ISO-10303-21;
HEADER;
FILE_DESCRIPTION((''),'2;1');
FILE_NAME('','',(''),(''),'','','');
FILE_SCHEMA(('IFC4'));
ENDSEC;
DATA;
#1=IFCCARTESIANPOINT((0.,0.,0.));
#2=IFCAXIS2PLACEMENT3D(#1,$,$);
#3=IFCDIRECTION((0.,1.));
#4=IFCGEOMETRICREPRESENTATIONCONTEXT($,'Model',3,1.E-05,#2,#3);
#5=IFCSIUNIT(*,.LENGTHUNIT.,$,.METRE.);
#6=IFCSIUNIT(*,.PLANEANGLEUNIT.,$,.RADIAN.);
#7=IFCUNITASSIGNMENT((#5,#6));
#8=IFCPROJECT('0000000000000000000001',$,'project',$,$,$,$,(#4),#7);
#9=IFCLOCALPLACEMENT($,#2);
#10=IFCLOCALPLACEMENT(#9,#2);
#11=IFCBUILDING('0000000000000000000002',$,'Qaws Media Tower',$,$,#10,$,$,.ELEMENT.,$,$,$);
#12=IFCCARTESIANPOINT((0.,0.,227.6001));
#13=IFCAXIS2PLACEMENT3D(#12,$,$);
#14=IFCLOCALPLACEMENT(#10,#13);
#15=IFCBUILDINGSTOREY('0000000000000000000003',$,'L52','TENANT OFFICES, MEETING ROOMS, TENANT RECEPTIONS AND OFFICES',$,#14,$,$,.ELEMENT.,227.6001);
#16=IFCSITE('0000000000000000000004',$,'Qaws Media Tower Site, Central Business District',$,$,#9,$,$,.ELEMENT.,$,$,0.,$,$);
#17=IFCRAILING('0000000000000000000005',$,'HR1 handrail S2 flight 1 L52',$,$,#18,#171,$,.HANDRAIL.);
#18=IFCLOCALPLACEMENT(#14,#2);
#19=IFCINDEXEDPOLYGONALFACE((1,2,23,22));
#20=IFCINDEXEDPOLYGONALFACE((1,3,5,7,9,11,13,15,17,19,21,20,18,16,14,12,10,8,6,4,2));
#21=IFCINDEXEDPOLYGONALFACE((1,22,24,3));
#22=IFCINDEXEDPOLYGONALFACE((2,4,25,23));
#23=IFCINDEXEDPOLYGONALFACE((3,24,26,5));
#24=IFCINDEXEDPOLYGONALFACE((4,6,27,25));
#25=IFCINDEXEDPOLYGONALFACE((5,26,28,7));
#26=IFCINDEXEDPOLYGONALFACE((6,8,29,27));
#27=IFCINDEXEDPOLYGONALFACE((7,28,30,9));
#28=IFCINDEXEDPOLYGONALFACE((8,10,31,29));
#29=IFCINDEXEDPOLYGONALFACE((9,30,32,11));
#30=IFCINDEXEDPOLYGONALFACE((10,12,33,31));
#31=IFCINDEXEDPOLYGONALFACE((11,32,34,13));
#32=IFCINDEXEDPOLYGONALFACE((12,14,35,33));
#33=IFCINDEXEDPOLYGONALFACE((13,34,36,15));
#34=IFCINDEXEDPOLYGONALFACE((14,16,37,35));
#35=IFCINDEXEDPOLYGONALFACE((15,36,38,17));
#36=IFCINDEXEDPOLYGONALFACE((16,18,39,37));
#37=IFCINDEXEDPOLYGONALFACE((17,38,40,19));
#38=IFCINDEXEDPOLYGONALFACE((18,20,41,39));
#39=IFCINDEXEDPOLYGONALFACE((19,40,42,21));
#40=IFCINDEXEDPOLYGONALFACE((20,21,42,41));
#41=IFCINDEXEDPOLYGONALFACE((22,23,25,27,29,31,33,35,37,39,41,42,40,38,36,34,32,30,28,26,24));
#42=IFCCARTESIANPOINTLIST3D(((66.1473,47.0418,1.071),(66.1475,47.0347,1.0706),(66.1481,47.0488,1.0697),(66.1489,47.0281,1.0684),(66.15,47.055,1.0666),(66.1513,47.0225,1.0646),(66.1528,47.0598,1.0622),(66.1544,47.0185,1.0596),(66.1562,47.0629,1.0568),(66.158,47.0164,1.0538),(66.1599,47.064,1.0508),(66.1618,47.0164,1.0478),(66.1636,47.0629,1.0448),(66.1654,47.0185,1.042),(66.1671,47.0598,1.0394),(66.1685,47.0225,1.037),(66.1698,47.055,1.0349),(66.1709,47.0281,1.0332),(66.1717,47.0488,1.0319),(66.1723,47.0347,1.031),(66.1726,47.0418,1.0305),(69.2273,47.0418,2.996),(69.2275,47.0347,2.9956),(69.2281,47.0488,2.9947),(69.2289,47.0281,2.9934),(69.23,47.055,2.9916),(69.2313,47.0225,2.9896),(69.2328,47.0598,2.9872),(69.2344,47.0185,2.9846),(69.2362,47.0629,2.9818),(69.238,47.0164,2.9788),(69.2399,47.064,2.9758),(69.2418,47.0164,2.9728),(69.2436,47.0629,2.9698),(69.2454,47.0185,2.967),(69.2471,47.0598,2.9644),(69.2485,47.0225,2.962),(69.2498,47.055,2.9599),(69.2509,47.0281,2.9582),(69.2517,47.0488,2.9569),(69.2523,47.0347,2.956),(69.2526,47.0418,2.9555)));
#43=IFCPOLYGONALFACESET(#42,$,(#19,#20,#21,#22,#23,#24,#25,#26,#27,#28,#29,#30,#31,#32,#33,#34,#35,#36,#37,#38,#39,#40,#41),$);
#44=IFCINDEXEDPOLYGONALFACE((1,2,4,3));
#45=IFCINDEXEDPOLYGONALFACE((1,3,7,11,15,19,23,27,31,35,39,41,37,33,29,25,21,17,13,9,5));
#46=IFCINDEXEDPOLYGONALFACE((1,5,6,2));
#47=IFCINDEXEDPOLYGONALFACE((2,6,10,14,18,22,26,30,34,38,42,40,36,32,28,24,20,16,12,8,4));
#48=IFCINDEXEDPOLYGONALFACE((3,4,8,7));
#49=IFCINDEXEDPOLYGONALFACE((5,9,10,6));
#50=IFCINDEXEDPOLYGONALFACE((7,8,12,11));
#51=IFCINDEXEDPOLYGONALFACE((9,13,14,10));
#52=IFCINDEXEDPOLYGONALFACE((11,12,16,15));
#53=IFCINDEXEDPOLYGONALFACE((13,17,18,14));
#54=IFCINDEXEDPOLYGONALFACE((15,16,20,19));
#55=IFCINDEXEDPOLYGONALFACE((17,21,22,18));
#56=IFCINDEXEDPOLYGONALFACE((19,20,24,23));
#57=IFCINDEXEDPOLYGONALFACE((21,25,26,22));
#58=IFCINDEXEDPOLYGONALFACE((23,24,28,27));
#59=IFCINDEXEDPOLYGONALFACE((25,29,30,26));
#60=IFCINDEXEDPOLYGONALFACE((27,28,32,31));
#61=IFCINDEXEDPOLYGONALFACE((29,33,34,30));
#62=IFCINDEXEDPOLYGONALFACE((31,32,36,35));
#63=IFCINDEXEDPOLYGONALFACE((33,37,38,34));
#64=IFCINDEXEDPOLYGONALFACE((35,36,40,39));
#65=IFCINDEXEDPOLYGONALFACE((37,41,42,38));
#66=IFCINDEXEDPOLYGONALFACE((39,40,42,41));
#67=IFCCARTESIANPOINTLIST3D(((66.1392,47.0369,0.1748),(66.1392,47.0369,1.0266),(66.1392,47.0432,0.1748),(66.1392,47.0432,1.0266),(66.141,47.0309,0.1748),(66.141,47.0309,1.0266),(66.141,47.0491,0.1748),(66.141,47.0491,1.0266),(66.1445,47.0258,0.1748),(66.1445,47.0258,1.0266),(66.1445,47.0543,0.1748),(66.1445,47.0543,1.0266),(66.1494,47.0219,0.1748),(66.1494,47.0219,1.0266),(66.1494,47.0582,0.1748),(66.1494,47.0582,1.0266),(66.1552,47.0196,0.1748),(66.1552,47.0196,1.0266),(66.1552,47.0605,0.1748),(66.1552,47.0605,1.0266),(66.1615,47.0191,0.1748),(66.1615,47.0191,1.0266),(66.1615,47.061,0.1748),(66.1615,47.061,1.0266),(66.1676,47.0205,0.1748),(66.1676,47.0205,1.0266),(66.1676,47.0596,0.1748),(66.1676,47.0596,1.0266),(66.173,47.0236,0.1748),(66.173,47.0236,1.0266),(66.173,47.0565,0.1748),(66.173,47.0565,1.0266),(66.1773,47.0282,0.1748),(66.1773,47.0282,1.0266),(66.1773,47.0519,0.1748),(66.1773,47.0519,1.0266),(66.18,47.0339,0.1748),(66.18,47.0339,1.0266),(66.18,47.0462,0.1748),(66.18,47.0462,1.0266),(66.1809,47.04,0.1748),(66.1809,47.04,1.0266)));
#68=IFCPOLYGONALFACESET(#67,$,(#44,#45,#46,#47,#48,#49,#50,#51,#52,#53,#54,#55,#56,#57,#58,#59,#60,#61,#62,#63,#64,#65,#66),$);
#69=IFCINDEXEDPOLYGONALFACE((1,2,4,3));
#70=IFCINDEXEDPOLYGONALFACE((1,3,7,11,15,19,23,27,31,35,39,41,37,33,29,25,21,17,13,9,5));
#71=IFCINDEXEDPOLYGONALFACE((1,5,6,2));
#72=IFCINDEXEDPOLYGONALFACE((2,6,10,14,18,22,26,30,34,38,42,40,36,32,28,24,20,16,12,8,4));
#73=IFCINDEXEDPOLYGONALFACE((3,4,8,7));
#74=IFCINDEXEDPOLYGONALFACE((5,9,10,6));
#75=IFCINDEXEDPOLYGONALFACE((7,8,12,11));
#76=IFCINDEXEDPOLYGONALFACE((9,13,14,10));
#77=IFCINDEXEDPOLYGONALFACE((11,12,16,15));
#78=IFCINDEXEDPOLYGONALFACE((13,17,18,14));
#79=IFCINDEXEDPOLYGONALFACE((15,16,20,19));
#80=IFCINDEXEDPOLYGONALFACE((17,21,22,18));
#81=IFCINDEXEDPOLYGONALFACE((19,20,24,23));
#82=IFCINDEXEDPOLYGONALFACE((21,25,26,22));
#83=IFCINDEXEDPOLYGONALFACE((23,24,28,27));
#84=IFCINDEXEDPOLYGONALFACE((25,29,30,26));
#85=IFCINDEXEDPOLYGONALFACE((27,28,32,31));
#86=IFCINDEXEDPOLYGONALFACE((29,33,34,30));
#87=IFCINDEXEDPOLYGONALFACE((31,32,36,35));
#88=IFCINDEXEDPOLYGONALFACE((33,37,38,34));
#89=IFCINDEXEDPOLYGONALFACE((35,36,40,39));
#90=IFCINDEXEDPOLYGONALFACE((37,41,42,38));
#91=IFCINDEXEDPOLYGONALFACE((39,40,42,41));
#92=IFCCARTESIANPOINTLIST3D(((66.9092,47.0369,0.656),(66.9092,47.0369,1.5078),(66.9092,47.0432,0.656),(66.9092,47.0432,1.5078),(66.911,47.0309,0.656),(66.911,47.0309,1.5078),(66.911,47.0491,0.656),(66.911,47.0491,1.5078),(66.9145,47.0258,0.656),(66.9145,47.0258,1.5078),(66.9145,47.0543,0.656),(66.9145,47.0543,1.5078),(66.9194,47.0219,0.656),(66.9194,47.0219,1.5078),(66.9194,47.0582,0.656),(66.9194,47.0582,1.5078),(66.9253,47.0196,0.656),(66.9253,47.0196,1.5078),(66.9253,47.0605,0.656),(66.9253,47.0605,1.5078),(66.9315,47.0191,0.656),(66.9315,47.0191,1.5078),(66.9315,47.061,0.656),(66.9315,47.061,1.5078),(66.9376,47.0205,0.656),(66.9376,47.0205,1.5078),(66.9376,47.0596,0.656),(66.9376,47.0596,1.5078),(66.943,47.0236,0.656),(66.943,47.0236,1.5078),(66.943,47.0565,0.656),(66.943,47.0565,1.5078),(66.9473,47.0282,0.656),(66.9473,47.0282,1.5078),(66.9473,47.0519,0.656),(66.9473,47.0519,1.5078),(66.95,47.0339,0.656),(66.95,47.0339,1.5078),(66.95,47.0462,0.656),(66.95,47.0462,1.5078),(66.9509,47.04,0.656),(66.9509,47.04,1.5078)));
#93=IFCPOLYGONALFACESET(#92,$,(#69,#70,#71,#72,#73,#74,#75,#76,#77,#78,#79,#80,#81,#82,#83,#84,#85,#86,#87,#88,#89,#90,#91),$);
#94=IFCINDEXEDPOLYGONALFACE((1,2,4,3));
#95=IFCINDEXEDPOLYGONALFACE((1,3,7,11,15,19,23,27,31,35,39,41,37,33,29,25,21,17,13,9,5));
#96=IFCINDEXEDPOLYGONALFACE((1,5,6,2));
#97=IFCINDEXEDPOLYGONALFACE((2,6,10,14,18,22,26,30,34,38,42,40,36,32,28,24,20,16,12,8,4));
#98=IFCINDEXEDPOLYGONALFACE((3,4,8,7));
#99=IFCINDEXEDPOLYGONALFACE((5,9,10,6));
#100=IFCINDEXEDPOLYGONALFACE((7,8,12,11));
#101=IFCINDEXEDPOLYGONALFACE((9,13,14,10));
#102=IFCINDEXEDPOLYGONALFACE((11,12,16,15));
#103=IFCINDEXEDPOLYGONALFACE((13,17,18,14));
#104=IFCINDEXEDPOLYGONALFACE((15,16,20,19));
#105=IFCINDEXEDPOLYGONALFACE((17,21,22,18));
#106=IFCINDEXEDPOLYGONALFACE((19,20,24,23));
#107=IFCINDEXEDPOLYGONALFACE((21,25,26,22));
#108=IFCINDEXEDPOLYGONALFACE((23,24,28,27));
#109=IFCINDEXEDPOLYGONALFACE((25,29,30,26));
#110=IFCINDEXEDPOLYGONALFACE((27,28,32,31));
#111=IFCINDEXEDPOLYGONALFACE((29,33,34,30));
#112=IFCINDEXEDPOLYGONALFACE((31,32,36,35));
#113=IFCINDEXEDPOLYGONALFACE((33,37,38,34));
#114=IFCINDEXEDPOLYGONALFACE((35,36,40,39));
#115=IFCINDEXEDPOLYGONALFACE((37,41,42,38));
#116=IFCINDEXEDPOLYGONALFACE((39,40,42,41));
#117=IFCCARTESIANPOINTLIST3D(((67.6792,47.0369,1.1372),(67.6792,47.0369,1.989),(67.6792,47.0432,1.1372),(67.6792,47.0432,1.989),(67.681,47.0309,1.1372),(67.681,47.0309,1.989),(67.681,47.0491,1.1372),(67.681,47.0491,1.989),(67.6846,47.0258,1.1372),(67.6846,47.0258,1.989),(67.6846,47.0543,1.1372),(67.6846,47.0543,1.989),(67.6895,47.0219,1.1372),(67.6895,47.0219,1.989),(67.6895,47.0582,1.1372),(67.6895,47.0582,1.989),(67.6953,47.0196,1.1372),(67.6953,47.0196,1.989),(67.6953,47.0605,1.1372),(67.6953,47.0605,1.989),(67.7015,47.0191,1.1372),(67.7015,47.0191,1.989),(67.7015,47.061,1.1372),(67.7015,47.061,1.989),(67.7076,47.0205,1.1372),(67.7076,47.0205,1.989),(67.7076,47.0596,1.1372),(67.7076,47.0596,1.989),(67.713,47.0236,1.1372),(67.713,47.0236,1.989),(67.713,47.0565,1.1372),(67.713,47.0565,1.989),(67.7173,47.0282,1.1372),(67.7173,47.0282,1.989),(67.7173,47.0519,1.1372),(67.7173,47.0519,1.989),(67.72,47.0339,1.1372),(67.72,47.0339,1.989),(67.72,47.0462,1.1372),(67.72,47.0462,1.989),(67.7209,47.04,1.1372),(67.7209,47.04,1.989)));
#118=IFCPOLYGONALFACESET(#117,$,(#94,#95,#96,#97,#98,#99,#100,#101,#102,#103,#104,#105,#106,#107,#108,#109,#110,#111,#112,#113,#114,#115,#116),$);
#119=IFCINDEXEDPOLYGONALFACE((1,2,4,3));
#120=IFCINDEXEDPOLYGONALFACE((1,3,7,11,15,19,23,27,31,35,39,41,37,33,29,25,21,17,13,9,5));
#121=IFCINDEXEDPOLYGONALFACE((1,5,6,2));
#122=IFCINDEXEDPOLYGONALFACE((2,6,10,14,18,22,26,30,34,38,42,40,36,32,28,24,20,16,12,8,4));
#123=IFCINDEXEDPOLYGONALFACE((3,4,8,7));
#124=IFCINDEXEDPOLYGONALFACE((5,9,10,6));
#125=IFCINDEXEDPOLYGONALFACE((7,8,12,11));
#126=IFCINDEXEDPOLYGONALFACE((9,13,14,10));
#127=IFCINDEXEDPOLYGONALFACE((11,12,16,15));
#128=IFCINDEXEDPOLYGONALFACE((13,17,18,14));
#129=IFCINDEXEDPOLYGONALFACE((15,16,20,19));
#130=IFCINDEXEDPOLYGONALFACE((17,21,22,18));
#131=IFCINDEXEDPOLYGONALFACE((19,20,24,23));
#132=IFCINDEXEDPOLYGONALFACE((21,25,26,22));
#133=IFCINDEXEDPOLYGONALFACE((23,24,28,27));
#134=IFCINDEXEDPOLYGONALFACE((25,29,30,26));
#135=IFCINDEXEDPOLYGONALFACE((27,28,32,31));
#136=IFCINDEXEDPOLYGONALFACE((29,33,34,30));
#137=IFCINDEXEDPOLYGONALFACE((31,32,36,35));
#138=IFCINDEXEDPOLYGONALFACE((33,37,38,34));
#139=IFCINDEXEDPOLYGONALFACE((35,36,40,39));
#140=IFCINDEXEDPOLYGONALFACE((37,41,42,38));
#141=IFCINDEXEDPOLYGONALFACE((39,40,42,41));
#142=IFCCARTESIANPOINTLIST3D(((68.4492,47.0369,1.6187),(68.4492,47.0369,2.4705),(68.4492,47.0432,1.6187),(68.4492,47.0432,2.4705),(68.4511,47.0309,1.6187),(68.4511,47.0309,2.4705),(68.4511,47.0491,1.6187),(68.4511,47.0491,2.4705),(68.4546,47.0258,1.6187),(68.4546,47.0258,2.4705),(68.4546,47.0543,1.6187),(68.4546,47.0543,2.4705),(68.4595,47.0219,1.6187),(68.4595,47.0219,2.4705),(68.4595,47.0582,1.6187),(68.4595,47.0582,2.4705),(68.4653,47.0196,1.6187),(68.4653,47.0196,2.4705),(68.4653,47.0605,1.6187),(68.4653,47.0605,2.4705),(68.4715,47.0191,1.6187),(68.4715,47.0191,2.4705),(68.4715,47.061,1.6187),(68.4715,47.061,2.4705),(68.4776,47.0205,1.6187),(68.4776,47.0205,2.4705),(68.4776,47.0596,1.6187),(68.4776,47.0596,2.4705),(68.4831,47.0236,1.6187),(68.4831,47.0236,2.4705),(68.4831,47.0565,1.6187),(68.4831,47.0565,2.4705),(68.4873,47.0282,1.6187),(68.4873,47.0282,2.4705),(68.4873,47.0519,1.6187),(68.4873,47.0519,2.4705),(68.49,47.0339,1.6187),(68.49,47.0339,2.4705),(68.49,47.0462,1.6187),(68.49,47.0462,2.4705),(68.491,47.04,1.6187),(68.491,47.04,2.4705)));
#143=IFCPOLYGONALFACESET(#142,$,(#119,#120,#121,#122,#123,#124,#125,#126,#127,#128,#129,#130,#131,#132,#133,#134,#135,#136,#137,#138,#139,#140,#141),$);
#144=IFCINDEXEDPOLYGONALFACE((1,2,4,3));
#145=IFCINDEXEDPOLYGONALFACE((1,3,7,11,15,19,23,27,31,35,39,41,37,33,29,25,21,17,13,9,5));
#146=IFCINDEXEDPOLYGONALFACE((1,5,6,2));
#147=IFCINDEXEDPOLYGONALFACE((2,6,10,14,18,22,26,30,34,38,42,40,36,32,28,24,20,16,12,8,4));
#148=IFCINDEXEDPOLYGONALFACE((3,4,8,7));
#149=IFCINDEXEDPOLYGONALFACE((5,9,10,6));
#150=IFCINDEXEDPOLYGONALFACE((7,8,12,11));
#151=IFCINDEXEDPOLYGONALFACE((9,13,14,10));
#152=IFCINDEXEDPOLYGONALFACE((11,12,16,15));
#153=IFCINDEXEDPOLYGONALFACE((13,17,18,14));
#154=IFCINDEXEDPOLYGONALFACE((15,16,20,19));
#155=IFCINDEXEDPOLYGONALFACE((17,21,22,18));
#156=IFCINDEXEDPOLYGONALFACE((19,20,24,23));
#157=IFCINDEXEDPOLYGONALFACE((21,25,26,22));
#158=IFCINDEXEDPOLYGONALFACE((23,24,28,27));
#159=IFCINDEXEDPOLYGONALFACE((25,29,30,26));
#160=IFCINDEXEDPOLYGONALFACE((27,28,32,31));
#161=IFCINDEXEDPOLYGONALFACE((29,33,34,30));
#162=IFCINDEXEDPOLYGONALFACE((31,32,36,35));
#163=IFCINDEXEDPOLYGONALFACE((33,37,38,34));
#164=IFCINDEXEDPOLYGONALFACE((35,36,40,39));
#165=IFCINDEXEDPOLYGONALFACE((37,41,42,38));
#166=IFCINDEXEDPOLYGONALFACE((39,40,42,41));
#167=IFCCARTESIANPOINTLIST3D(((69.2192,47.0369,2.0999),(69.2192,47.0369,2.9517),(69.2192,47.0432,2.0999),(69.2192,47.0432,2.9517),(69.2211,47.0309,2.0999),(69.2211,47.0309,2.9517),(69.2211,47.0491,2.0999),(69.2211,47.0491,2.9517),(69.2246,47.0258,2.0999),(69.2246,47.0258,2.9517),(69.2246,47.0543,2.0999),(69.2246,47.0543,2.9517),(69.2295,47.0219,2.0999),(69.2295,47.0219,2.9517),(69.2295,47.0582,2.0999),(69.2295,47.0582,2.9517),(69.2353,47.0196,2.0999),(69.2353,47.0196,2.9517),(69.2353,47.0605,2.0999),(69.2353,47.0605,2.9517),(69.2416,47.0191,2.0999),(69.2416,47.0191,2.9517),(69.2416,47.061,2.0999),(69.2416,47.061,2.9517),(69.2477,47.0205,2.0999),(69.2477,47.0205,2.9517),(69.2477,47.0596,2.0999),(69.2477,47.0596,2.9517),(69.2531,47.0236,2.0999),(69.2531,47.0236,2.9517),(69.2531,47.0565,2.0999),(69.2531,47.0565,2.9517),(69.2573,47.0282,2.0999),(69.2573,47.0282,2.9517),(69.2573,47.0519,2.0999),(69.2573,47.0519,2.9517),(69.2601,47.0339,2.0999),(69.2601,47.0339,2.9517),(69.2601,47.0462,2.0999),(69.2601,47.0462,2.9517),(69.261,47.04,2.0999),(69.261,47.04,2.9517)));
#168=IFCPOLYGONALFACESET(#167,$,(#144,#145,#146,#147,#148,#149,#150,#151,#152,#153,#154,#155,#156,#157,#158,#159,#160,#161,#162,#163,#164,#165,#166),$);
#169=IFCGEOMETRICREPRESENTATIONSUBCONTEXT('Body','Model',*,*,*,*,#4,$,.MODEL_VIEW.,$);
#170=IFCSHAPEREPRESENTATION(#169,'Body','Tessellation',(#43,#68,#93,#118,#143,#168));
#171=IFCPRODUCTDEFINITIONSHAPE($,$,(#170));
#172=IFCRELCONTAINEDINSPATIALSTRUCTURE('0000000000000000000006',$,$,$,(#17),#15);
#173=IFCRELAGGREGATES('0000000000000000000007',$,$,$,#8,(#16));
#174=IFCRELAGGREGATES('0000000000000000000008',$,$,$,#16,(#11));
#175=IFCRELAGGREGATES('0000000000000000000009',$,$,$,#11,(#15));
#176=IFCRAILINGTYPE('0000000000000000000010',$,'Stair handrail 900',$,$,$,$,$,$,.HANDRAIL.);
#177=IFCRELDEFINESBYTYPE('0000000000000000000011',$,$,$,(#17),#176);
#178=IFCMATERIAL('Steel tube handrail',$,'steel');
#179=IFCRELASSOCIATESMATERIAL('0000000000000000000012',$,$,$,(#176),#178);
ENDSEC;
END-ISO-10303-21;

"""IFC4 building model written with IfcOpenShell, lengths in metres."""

from ifc_helpers import new_model, si_unit, direction, frame, origin, origin_2d, place, context, subcontext, project, spatial, circle, extrude, material, type_object, element, save


model = new_model("IFC4")

# Units and contexts
model_context = context("Model", 3, precision=1e-05, world=origin(), true_north=direction((0.0, 1.0)))
body_context = subcontext(model_context, "Body", "Model", "MODEL_VIEW")
ifc_project = project(units=[si_unit("LENGTHUNIT", "METRE"), si_unit("PLANEANGLEUNIT", "RADIAN")], contexts=[model_context])

# Site, building, storey
site_placement = place(None, origin())
site = spatial("IfcSite", under=ifc_project, at=site_placement, Name="Qaws Media Tower Site, Central Business District", CompositionType="ELEMENT", RefElevation=0.0)
building_placement = place(site_placement, origin())
building = spatial("IfcBuilding", under=site, at=building_placement, Name="Qaws Media Tower", CompositionType="ELEMENT")
storey_placement = place(building_placement, frame((0.0, 0.0, 227.6001)))
storey = spatial("IfcBuildingStorey", under=building, at=storey_placement, Name="L52", Description="TENANT OFFICES, MEETING ROOMS, TENANT RECEPTIONS AND OFFICES", CompositionType="ELEMENT", Elevation=227.6001)

# Railing
ifc_material_1 = material(Name="Steel tube handrail", Category="steel")
railing_type = type_object("IfcRailingType", Name="Stair handrail 900", PredefinedType="HANDRAIL", material=ifc_material_1)
for number, where, name in (
    (1, (66.1599, 47.04, 0.1748), "HR1 handrail S2 flight 1 L52"),
):
    element("IfcRailing", number, at=place(storey_placement, frame(where)), inside=storey, type_object=railing_type, Name=name, PredefinedType="HANDRAIL", context=body_context, shape_type="SweptSolid", body=[
        extrude(circle(Radius=0.0239, at=origin_2d()), frame((0.0, 0.0, 0.876), z_axis=(0.847998, 0.0, 0.529999), x_axis=(0.0, 1.0, 0.0)), (0.0, 0.0, 1.0), 3.6321),
        extrude(circle(Radius=0.021, at=origin_2d()), origin(), (0.0, 0.0, 1.0), 0.8518),
        extrude(circle(Radius=0.021, at=origin_2d()), frame((0.77, 0.0, 0.4812)), (0.0, 0.0, 1.0), 0.8518),
        extrude(circle(Radius=0.021, at=origin_2d()), frame((1.54, 0.0, 0.9624)), (0.0, 0.0, 1.0), 0.8518),
        extrude(circle(Radius=0.021, at=origin_2d()), frame((2.3101, 0.0, 1.4438)), (0.0, 0.0, 1.0), 0.8518),
        extrude(circle(Radius=0.021, at=origin_2d()), frame((3.0801, 0.0, 1.925)), (0.0, 0.0, 1.0), 0.8518),
    ])

save(model, "model.ifc")
